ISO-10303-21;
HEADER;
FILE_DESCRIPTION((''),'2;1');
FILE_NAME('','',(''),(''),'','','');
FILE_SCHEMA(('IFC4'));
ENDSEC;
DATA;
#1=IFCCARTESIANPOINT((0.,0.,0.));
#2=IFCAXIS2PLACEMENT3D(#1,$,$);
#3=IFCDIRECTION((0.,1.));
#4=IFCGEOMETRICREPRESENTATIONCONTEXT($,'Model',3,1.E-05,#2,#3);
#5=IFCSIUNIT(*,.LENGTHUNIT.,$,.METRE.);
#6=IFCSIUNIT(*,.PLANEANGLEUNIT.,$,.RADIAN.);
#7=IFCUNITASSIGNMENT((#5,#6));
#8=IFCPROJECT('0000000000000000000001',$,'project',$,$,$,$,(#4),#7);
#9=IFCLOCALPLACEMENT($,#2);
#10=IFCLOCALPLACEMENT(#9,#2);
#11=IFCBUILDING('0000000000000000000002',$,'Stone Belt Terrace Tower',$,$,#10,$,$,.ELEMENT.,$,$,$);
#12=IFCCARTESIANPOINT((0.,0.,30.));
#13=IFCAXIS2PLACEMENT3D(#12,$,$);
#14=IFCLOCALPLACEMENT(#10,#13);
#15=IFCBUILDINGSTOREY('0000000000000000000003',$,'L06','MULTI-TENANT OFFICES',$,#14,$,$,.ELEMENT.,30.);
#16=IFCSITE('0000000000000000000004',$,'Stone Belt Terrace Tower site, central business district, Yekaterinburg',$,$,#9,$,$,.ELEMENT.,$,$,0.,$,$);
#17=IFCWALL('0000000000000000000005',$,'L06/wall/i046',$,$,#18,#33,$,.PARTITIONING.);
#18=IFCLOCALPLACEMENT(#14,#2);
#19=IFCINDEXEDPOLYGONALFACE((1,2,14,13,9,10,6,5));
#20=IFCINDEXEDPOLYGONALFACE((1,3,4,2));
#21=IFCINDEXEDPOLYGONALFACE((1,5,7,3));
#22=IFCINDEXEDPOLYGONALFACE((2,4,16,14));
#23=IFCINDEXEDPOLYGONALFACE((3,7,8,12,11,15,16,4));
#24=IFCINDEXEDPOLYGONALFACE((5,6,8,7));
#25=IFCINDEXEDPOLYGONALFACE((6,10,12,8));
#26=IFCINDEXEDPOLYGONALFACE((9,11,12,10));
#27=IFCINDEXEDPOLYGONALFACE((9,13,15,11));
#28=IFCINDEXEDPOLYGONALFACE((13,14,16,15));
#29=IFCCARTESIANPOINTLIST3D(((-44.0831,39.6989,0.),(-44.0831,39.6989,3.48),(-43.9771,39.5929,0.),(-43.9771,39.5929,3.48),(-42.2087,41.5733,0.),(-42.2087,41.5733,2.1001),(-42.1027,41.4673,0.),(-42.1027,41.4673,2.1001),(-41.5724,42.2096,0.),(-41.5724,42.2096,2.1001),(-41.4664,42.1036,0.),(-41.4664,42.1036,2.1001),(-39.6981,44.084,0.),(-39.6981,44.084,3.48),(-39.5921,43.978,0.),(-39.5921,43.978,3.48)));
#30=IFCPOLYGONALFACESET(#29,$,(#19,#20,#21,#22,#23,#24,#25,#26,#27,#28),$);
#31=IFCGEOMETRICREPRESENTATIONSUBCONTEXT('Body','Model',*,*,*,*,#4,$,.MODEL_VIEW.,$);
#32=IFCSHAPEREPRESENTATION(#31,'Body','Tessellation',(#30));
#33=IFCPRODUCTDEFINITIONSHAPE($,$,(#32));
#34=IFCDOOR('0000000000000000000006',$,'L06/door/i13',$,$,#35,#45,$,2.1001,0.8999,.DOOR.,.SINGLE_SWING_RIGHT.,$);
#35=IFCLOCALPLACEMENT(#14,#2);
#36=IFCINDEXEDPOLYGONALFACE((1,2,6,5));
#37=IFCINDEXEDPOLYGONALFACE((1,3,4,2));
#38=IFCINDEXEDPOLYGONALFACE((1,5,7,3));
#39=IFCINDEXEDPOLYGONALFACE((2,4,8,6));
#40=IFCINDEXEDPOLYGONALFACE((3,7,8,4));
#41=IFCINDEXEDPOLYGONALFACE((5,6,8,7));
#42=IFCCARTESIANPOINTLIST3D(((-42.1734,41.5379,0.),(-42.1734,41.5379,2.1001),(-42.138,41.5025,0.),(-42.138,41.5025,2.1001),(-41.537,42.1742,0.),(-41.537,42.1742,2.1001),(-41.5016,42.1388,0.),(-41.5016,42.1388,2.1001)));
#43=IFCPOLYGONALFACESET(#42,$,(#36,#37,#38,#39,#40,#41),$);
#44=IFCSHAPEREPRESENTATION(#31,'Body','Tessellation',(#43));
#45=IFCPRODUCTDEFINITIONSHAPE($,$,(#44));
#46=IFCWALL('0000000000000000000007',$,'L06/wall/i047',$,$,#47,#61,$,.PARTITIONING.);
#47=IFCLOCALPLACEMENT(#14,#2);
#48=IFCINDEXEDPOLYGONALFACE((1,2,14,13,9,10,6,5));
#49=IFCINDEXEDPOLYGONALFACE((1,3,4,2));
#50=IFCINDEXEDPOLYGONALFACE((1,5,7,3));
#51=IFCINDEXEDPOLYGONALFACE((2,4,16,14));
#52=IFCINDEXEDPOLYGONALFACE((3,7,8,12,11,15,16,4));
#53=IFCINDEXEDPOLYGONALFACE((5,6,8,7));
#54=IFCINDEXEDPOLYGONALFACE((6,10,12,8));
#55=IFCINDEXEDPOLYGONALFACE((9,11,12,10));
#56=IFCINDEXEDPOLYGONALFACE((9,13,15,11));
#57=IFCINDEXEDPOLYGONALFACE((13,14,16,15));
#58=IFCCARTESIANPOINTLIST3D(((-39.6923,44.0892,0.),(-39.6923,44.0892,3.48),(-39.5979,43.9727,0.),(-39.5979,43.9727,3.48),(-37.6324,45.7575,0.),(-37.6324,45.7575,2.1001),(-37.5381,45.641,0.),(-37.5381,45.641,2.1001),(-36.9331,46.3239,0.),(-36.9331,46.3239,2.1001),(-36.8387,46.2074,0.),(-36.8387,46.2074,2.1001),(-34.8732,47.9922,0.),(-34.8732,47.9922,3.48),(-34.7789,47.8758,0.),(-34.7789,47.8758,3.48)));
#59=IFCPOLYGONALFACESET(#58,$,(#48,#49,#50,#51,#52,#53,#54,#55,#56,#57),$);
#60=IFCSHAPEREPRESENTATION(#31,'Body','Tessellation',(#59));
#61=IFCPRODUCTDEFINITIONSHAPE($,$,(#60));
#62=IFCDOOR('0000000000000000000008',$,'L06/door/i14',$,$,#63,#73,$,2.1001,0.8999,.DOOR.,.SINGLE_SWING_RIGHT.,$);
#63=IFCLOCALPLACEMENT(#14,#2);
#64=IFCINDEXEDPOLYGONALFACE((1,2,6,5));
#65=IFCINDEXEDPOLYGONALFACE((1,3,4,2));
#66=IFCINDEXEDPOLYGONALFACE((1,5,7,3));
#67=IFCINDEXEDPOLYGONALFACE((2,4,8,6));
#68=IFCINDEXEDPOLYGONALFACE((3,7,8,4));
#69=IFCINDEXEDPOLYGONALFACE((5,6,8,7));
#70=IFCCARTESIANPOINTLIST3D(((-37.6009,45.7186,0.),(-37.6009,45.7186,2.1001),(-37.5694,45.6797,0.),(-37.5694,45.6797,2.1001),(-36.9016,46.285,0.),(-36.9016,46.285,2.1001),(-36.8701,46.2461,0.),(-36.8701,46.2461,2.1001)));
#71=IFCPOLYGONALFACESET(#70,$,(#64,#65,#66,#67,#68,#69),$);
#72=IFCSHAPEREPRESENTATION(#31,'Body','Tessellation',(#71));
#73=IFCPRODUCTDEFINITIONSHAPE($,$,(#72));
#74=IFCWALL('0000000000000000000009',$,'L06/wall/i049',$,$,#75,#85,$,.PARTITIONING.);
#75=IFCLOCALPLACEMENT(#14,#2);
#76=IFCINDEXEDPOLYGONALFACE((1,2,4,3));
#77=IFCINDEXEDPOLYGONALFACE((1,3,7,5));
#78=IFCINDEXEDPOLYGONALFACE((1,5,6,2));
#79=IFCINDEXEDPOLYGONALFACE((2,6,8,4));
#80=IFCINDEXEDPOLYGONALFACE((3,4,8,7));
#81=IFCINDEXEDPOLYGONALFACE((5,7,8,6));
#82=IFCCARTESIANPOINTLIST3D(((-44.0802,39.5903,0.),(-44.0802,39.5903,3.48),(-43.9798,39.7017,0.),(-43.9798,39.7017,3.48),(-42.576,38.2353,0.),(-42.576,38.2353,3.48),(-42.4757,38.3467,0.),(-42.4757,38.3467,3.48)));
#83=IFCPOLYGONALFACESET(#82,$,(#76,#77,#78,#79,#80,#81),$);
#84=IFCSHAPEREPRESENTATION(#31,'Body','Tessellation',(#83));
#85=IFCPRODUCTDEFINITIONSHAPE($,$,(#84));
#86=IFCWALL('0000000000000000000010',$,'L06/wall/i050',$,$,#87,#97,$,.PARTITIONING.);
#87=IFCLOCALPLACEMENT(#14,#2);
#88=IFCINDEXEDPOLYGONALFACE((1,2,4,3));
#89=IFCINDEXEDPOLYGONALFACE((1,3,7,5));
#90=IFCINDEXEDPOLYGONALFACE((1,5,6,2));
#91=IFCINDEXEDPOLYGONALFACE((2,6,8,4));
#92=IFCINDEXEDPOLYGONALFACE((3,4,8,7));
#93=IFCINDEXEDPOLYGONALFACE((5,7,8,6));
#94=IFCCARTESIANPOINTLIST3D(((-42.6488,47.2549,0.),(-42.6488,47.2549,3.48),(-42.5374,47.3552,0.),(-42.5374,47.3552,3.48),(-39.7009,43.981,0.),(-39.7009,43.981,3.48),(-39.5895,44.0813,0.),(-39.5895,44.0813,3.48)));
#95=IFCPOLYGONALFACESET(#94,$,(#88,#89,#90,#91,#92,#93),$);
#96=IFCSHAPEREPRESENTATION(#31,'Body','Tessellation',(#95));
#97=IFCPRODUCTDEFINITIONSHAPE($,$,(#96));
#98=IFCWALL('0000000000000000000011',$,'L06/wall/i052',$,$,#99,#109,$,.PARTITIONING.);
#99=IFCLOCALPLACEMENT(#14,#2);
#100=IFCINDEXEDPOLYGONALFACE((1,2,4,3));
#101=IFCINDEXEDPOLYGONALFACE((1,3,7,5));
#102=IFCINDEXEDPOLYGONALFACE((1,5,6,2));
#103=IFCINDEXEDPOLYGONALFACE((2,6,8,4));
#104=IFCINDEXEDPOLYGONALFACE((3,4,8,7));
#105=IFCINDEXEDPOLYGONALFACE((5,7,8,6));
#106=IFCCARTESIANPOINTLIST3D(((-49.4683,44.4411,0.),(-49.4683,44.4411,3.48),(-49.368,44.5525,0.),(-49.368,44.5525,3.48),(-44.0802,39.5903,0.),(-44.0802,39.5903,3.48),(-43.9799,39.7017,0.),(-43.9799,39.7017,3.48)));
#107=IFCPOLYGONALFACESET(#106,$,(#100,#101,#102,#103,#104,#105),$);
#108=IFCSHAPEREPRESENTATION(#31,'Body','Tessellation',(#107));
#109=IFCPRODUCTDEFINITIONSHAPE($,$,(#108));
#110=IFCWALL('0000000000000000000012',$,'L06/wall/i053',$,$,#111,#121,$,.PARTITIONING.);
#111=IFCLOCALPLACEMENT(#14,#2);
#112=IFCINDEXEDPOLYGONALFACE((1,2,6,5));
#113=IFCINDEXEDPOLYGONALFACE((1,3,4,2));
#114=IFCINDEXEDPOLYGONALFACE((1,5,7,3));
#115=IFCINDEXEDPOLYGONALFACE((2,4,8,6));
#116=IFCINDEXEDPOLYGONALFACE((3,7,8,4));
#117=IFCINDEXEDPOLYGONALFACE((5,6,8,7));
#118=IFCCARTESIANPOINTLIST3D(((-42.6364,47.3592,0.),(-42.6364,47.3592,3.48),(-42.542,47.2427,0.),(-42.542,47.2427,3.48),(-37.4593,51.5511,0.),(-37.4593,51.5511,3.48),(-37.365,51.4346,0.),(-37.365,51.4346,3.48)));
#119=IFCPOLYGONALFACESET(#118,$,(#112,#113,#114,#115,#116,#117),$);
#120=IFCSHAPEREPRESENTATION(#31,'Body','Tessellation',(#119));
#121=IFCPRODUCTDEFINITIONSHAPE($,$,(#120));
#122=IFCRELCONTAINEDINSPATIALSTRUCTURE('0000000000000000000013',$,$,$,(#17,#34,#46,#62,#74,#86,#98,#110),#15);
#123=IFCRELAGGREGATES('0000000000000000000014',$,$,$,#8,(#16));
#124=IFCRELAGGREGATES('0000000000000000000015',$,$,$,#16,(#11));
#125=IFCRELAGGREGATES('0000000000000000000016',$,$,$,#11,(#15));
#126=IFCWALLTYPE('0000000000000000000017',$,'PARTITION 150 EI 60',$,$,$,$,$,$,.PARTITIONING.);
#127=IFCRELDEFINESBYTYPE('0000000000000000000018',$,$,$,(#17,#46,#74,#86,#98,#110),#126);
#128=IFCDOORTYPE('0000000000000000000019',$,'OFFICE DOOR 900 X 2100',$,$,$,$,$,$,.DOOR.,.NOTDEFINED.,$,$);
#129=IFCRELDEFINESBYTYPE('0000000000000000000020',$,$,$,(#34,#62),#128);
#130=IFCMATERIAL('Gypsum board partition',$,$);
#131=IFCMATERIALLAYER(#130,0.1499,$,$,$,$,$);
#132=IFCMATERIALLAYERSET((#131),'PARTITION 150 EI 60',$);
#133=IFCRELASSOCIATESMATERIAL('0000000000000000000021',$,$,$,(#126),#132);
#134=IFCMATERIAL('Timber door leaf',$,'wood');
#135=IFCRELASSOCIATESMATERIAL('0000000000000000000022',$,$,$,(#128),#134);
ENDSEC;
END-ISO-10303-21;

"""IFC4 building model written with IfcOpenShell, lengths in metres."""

from ifc_helpers import new_model, si_unit, direction, frame, frame_2d, origin, place, context, subcontext, project, spatial, rectangle, extrude, material, layer, layer_set, type_object, element, fill, save


model = new_model("IFC4")

# Units and contexts
model_context = context("Model", 3, precision=1e-05, world=origin(), true_north=direction((0.0, 1.0)))
body_context = subcontext(model_context, "Body", "Model", "MODEL_VIEW")
ifc_project = project(units=[si_unit("LENGTHUNIT", "METRE"), si_unit("PLANEANGLEUNIT", "RADIAN")], contexts=[model_context])

# Site, building, storey
site_placement = place(None, origin())
site = spatial("IfcSite", under=ifc_project, at=site_placement, Name="Stone Belt Terrace Tower site, central business district, Yekaterinburg", CompositionType="ELEMENT", RefElevation=0.0)
building_placement = place(site_placement, origin())
building = spatial("IfcBuilding", under=site, at=building_placement, Name="Stone Belt Terrace Tower", CompositionType="ELEMENT")
storey_placement = place(building_placement, frame((0.0, 0.0, 30.0)))
storey = spatial("IfcBuildingStorey", under=building, at=storey_placement, Name="L06", Description="MULTI-TENANT OFFICES", CompositionType="ELEMENT", Elevation=30.0)

# Shared definitions
ifc_material_1 = material(Name="Gypsum board partition")
ifc_layer_1 = layer(ifc_material_1, 0.1499)
ifc_layer_set_1 = layer_set([ifc_layer_1], Name="PARTITION 150 EI 60")
wall_type = type_object("IfcWallType", Name="PARTITION 150 EI 60", PredefinedType="PARTITIONING", material=ifc_layer_set_1)

# Shared definitions
ifc_material_2 = material(Name="Timber door leaf", Category="wood")
door_type_1 = type_object("IfcDoorType", Name="OFFICE DOOR 900 X 2100", OperationType="NOTDEFINED", PredefinedType="DOOR", material=ifc_material_2)

# Walls, openings, doors
wall_1_placement = place(storey_placement, frame((-44.03, 39.646, 0.0), z_axis=(0.0, 0.0, 1.0), x_axis=(0.707107, 0.707107, 0.0)))
wall_1 = element("IfcWall", 1, at=wall_1_placement, inside=storey, type_object=wall_type, Name="L06/wall/i046", PredefinedType="PARTITIONING", context=body_context, shape_type="SweptSolid", body=[
    extrude(rectangle(XDim=6.2014, YDim=0.1499, at=frame_2d((3.1006, 0.0))), origin(), (0.0, 0.0, 1.0), 3.48),
])
opening_1_placement = place(wall_1_placement, frame((2.6506, 0.0, 0.0)))
opening_1 = element("IfcOpeningElement", 2, at=opening_1_placement, cuts=wall_1, PredefinedType="OPENING", context=body_context, shape_type="SweptSolid", body=[
    extrude(rectangle(XDim=0.8999, YDim=2.1001, at=frame_2d((0.45, 1.05))), frame((0.0, 0.085, 0.0), z_axis=(0.0, -1.0, 0.0), x_axis=(1.0, 0.0, 0.0)), (0.0, 0.0, 1.0), 0.1699),
])
door_1_placement = place(opening_1_placement, origin())
door_1 = element("IfcDoor", 3, at=door_1_placement, inside=storey, type_object=door_type_1, Name="L06/door/i13", OperationType="SINGLE_SWING_RIGHT", OverallHeight=2.1001, OverallWidth=0.8999, PredefinedType="DOOR", context=body_context, shape_type="SweptSolid", body=[
    extrude(rectangle(XDim=0.8999, YDim=2.1001, at=frame_2d((0.45, 1.05))), frame((0.0, 0.0249, 0.0), z_axis=(0.0, -1.0, 0.0), x_axis=(1.0, 0.0, 0.0)), (0.0, 0.0, 1.0), 0.05),
])
fill(opening_1, door_1)
wall_2_placement = place(storey_placement, frame((-39.645, 44.031, 0.0), z_axis=(0.0, 0.0, 1.0), x_axis=(0.777094, 0.629384, 0.0)))
wall_2 = element("IfcWall", 4, at=wall_2_placement, inside=storey, type_object=wall_type, Name="L06/wall/i047", PredefinedType="PARTITIONING", context=body_context, shape_type="SweptSolid", body=[
    extrude(rectangle(XDim=6.2014, YDim=0.1499, at=frame_2d((3.1006, 0.0))), origin(), (0.0, 0.0, 1.0), 3.48),
])
opening_2_placement = place(wall_2_placement, frame((2.6506, 0.0, 0.0)))
opening_2 = element("IfcOpeningElement", 5, at=opening_2_placement, cuts=wall_2, PredefinedType="OPENING", context=body_context, shape_type="SweptSolid", body=[
    extrude(rectangle(XDim=0.8999, YDim=2.1001, at=frame_2d((0.45, 1.05))), frame((0.0, 0.085, 0.0), z_axis=(0.0, -1.0, 0.0), x_axis=(1.0, 0.0, 0.0)), (0.0, 0.0, 1.0), 0.1699),
])
door_2_placement = place(opening_2_placement, origin())
door_2 = element("IfcDoor", 6, at=door_2_placement, inside=storey, type_object=door_type_1, Name="L06/door/i14", OperationType="SINGLE_SWING_RIGHT", OverallHeight=2.1001, OverallWidth=0.8999, PredefinedType="DOOR", context=body_context, shape_type="SweptSolid", body=[
    extrude(rectangle(XDim=0.8999, YDim=2.1001, at=frame_2d((0.45, 1.05))), frame((0.0, 0.0249, 0.0), z_axis=(0.0, -1.0, 0.0), x_axis=(1.0, 0.0, 0.0)), (0.0, 0.0, 1.0), 0.05),
])
fill(opening_2, door_2)

# Walls
wall_3_placement = place(storey_placement, frame((-42.5259, 38.291, 0.0), z_axis=(0.0, 0.0, 1.0), x_axis=(-0.742988, 0.669304, 0.0)))
element("IfcWall", 7, at=wall_3_placement, inside=storey, type_object=wall_type, Name="L06/wall/i049", PredefinedType="PARTITIONING", context=body_context, shape_type="SweptSolid", body=[
    extrude(rectangle(XDim=2.0244, YDim=0.1499, at=frame_2d((1.0122, 0.0))), origin(), (0.0, 0.0, 1.0), 3.48),
])
wall_4_placement = place(storey_placement, frame((-42.593, 47.3049, 0.0), z_axis=(0.0, 0.0, 1.0), x_axis=(0.669148, -0.743129, 0.0)))
element("IfcWall", 8, at=wall_4_placement, inside=storey, type_object=wall_type, Name="L06/wall/i050", PredefinedType="PARTITIONING", context=body_context, shape_type="SweptSolid", body=[
    extrude(rectangle(XDim=4.4055, YDim=0.1499, at=frame_2d((2.2026, 0.0))), origin(), (0.0, 0.0, 1.0), 3.48),
])
wall_5_placement = place(storey_placement, frame((-44.03, 39.646, 0.0), z_axis=(0.0, 0.0, 1.0), x_axis=(-0.743194, 0.669076, 0.0)))
element("IfcWall", 9, at=wall_5_placement, inside=storey, type_object=wall_type, Name="L06/wall/i052", PredefinedType="PARTITIONING", context=body_context, shape_type="SweptSolid", body=[
    extrude(rectangle(XDim=7.25, YDim=0.1499, at=frame_2d((3.625, 0.0))), origin(), (0.0, 0.0, 1.0), 3.48),
])
wall_6_placement = place(storey_placement, frame((-42.5891, 47.301, 0.0), z_axis=(0.0, 0.0, 1.0), x_axis=(0.777172, 0.629288, 0.0)))
element("IfcWall", 10, at=wall_6_placement, inside=storey, type_object=wall_type, Name="L06/wall/i053", PredefinedType="PARTITIONING", context=body_context, shape_type="SweptSolid", body=[
    extrude(rectangle(XDim=6.6614, YDim=0.1499, at=frame_2d((3.3306, 0.0))), origin(), (0.0, 0.0, 1.0), 3.48),
])

save(model, "model.ifc")
